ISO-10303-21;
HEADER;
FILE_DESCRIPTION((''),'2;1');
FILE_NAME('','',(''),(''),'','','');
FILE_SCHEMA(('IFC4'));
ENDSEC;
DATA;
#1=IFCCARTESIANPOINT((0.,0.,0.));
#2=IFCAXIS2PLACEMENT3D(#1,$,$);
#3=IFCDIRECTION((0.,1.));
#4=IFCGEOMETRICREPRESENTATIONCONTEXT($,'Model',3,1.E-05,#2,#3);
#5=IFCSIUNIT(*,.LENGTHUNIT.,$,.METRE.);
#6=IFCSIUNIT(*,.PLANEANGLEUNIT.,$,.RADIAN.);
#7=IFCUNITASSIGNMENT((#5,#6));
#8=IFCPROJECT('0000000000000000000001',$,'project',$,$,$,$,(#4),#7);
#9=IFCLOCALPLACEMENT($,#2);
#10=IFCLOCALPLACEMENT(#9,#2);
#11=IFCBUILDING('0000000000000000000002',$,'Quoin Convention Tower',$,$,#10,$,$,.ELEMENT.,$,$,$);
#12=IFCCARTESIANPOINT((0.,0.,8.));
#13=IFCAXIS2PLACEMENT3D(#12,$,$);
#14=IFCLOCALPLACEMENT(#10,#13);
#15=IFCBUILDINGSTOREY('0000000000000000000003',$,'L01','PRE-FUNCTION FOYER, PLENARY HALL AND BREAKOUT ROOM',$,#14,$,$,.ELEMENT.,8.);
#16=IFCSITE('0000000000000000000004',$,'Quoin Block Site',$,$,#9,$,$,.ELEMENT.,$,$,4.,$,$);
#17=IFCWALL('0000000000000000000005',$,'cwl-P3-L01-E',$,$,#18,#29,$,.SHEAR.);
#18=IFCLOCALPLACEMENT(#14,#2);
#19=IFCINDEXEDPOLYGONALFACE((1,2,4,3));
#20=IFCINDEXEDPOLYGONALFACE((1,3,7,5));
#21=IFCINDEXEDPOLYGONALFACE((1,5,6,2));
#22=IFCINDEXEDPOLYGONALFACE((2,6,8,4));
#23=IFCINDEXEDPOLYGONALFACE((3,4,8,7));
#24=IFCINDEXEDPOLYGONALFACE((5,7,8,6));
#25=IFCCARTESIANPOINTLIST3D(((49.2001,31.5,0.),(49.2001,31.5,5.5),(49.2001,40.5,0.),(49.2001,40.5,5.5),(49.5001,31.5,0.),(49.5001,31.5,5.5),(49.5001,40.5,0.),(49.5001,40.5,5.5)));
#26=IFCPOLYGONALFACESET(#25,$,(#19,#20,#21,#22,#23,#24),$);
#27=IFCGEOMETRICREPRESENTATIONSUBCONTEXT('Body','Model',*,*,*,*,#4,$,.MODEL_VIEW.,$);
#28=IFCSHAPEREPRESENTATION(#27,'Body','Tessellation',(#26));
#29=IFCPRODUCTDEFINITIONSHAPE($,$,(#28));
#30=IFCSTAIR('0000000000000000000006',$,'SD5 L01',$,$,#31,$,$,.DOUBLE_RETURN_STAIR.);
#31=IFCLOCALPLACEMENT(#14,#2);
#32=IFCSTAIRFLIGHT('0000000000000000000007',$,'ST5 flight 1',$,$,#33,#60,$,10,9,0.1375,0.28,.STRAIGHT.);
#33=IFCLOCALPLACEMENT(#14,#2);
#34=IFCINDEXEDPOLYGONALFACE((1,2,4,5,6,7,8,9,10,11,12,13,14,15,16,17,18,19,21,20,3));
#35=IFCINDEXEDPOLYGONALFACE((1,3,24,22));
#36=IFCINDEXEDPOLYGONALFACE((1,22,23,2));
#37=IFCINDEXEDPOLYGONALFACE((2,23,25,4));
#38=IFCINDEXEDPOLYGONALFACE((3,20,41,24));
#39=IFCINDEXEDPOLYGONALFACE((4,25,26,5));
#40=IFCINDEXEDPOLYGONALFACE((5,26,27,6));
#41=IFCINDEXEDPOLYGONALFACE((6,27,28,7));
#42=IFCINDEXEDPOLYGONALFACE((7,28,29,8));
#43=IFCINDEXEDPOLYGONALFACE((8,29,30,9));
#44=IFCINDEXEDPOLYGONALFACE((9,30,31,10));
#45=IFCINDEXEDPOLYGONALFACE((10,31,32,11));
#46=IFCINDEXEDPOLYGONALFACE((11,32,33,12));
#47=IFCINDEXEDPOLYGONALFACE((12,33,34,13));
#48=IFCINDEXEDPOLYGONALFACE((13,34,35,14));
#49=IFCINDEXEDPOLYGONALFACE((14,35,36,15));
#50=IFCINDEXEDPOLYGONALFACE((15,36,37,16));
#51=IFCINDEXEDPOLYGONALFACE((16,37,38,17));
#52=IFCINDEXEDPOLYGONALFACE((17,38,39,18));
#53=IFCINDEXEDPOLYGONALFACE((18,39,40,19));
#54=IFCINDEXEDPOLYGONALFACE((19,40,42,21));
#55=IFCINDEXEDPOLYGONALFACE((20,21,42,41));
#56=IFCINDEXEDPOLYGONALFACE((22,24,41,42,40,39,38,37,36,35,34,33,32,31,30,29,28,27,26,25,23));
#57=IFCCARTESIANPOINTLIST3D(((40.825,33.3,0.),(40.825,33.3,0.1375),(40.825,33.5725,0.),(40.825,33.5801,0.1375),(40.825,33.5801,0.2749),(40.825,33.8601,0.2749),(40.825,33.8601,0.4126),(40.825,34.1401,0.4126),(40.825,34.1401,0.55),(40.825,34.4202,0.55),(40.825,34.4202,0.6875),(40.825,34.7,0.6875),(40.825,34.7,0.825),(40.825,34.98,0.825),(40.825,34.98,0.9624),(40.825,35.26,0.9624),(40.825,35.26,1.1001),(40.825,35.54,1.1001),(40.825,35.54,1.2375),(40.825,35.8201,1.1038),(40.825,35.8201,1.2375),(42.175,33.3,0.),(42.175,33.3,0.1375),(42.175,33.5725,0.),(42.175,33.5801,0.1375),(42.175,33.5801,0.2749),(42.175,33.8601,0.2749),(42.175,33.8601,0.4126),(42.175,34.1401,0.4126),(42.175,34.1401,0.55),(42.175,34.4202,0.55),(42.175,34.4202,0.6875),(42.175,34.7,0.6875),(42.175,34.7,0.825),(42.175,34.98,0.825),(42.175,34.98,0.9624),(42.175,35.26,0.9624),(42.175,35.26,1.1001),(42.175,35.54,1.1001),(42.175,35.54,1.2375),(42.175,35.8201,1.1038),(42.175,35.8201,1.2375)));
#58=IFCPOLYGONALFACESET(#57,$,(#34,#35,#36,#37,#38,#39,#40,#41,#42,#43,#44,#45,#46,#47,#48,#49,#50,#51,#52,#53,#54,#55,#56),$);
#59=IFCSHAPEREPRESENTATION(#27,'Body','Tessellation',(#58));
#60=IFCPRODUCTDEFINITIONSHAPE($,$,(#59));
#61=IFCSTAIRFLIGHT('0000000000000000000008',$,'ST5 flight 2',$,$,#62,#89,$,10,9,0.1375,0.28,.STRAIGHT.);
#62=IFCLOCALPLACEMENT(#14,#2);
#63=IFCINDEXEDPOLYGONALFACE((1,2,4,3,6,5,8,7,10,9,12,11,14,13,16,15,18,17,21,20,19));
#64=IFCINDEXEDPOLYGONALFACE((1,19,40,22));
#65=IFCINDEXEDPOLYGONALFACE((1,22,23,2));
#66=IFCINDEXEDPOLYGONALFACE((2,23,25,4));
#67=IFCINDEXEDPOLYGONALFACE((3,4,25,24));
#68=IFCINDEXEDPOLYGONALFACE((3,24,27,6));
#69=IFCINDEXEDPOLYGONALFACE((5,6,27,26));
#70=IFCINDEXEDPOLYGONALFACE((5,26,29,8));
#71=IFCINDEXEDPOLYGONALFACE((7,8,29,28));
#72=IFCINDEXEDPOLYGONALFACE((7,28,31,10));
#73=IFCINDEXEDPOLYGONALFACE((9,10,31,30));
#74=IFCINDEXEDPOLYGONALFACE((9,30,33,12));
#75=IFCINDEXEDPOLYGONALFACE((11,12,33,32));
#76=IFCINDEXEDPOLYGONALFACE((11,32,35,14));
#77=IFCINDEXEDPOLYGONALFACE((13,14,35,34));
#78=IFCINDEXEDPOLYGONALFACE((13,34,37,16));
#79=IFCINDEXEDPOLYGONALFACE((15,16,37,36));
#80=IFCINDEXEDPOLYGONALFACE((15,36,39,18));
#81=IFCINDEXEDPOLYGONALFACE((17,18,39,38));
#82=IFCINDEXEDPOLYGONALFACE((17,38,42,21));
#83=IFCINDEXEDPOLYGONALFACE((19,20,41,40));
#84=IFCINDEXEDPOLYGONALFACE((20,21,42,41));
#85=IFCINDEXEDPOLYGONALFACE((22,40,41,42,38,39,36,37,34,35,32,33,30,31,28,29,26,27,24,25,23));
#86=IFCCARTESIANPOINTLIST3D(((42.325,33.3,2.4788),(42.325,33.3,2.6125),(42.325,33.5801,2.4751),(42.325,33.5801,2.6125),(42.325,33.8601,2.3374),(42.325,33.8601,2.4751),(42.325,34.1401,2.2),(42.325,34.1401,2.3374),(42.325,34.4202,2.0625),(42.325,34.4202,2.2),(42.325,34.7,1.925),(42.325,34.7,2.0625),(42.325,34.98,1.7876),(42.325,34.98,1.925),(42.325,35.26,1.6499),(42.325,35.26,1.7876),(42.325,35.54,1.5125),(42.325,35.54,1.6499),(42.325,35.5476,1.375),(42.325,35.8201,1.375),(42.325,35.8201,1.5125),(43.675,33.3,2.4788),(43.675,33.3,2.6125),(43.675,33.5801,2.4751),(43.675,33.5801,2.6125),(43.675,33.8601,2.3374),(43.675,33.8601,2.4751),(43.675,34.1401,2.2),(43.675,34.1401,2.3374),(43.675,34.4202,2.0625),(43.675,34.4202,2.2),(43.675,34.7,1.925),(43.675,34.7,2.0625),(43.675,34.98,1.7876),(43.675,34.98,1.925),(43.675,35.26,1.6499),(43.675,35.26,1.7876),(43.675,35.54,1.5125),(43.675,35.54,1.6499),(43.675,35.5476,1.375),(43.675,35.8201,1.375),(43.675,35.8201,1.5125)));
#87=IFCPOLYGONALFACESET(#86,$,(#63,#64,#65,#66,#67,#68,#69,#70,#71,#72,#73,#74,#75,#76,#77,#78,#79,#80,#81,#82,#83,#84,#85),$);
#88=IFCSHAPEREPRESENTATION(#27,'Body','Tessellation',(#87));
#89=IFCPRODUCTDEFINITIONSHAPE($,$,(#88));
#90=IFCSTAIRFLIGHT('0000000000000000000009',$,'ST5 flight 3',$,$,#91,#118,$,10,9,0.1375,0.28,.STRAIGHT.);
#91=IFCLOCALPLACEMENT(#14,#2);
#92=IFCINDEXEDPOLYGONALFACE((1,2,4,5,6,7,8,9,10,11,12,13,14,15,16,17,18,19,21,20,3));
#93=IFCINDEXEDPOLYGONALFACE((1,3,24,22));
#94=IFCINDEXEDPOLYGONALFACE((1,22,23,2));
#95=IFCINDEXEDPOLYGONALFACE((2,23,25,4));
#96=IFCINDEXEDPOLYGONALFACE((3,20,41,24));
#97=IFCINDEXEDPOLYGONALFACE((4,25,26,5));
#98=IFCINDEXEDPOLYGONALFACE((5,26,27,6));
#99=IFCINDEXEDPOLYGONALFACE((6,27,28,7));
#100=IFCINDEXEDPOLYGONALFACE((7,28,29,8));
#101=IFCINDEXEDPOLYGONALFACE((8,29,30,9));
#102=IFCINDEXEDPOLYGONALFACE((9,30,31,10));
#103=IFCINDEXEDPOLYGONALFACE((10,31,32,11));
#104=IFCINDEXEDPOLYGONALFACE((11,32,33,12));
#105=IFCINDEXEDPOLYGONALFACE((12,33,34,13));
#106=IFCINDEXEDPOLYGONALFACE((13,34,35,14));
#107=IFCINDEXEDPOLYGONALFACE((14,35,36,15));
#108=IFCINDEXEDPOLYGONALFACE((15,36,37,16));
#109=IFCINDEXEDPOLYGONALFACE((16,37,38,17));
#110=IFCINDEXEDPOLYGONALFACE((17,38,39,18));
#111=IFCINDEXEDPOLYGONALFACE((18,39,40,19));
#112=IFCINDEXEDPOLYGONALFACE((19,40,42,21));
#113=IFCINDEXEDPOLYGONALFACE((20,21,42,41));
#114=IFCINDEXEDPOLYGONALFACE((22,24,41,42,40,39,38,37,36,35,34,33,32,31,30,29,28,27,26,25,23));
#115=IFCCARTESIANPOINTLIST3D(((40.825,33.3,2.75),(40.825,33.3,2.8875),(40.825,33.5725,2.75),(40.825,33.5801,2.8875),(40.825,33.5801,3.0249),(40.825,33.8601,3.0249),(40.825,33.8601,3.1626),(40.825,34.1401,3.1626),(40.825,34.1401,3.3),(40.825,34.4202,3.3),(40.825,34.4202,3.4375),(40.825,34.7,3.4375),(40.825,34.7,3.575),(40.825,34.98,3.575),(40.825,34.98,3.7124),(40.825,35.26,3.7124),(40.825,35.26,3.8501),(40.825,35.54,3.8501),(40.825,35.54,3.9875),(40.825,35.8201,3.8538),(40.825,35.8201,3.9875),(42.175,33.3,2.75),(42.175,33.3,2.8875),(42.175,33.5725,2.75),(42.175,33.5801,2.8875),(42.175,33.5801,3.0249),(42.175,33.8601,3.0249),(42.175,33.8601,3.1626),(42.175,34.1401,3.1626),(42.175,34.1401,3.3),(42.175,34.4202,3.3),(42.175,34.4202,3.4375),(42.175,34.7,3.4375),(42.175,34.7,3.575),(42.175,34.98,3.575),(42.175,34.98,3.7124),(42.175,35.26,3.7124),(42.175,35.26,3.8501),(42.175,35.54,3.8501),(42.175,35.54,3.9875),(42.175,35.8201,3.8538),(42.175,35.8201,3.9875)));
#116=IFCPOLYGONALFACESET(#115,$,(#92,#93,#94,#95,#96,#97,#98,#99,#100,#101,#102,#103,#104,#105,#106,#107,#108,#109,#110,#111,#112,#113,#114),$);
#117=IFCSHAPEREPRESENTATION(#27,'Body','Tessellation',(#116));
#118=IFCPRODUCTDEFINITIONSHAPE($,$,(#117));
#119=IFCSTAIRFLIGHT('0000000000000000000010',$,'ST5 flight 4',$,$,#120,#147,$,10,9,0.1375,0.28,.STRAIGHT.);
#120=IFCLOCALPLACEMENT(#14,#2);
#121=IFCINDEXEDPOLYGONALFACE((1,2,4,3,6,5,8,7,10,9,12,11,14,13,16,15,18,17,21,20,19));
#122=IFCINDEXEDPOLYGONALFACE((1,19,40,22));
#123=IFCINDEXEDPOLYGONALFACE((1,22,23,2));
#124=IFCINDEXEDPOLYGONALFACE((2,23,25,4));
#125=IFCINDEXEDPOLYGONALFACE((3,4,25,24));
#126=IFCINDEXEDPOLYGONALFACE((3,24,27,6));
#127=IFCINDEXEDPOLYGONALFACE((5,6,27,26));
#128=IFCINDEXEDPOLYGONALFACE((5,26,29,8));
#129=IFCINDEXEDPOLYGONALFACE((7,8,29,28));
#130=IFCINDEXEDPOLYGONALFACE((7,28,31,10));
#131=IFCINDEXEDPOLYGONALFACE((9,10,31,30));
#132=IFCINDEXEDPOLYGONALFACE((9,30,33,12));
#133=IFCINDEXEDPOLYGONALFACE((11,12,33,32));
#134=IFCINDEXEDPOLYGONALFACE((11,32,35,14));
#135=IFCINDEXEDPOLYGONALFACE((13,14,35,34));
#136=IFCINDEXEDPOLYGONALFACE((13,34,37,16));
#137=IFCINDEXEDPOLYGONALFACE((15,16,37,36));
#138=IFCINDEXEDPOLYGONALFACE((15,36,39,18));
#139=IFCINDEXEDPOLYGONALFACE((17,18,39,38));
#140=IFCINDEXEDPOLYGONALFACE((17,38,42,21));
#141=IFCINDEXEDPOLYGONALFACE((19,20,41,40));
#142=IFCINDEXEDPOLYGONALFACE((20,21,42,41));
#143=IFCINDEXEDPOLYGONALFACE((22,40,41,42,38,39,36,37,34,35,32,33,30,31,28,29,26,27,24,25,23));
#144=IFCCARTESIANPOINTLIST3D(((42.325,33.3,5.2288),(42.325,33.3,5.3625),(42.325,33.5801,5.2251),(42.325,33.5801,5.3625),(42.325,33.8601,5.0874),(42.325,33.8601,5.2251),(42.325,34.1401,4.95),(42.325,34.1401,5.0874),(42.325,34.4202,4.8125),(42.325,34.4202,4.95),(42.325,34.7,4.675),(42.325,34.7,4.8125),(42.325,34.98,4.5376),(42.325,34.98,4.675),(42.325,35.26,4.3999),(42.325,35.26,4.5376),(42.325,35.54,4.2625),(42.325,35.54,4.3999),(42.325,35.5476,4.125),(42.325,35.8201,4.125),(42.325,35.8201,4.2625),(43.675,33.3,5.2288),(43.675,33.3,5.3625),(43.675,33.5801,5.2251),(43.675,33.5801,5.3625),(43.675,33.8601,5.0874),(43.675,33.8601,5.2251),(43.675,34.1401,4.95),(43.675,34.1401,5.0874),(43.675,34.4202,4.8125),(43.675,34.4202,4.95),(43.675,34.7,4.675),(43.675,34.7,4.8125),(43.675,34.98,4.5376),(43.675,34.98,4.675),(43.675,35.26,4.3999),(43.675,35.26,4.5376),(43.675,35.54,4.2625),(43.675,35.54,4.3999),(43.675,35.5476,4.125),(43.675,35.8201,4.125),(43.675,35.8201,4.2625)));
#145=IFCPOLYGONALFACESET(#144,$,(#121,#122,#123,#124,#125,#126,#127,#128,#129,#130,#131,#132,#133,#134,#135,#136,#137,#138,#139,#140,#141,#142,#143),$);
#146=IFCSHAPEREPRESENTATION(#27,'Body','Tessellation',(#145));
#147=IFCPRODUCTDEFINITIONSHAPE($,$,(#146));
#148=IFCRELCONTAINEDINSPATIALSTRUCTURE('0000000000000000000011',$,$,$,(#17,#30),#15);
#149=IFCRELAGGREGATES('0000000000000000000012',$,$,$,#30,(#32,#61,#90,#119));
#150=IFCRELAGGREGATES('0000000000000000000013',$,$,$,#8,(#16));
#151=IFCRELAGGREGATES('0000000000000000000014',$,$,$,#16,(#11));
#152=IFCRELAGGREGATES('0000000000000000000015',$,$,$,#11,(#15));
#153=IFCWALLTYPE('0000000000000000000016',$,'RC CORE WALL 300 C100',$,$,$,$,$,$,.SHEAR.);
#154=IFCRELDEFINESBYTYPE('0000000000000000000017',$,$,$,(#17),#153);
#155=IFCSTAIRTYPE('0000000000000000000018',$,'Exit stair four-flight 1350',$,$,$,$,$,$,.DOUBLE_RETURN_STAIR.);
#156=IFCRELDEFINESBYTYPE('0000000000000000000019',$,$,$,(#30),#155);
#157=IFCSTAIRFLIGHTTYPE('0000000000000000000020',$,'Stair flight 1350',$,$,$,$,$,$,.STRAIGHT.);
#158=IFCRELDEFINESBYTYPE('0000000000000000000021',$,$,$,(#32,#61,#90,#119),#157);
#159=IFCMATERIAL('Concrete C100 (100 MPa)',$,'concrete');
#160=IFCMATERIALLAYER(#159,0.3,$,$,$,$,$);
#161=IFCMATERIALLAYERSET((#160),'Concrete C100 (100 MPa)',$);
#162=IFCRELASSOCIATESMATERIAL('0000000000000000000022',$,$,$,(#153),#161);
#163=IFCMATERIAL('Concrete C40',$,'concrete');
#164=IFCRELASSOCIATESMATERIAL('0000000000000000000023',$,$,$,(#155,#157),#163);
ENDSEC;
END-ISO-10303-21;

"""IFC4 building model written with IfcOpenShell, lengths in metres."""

from ifc_helpers import new_model, si_unit, direction, frame, frame_2d, origin, place, context, subcontext, project, spatial, polyline, rectangle, outline, extrude, material, layer, layer_set, type_object, element, aggregate, save


model = new_model("IFC4")

# Units and contexts
model_context = context("Model", 3, precision=1e-05, world=origin(), true_north=direction((0.0, 1.0)))
body_context = subcontext(model_context, "Body", "Model", "MODEL_VIEW")
ifc_project = project(units=[si_unit("LENGTHUNIT", "METRE"), si_unit("PLANEANGLEUNIT", "RADIAN")], contexts=[model_context])

# Site, building, storey
site_placement = place(None, origin())
site = spatial("IfcSite", under=ifc_project, at=site_placement, Name="Quoin Block Site", CompositionType="ELEMENT", RefElevation=4.0)
building_placement = place(site_placement, origin())
building = spatial("IfcBuilding", under=site, at=building_placement, Name="Quoin Convention Tower", CompositionType="ELEMENT")
storey_placement = place(building_placement, frame((0.0, 0.0, 8.0)))
storey = spatial("IfcBuildingStorey", under=building, at=storey_placement, Name="L01", Description="PRE-FUNCTION FOYER, PLENARY HALL AND BREAKOUT ROOM", CompositionType="ELEMENT", Elevation=8.0)

# Shared definitions
ifc_material_1 = material(Name="Concrete C100 (100 MPa)", Category="concrete")
ifc_layer_1 = layer(ifc_material_1, 0.3)
ifc_layer_set_1 = layer_set([ifc_layer_1], Name="Concrete C100 (100 MPa)")
wall_type_1 = type_object("IfcWallType", Name="RC CORE WALL 300 C100", PredefinedType="SHEAR", material=ifc_layer_set_1)

# Wall
wall_1_placement = place(storey_placement, frame((49.3501, 31.5, 0.0), z_axis=(0.0, 0.0, 1.0), x_axis=(0.0, 1.0, 0.0)))
element("IfcWall", 1, at=wall_1_placement, inside=storey, type_object=wall_type_1, Name="cwl-P3-L01-E", PredefinedType="SHEAR", context=body_context, shape_type="SweptSolid", body=[
    extrude(rectangle(XDim=9.0, YDim=0.3, at=frame_2d((4.5, 0.0))), origin(), (0.0, 0.0, 1.0), 5.5),
])

# Stair, stair flights
ifc_material_2 = material(Name="Concrete C40", Category="concrete")
stair_type = type_object("IfcStairType", Name="Exit stair four-flight 1350", PredefinedType="DOUBLE_RETURN_STAIR", material=ifc_material_2)
stair_placement = place(storey_placement, origin())
stair = element("IfcStair", 2, at=stair_placement, inside=storey, type_object=stair_type, Name="SD5 L01", PredefinedType="DOUBLE_RETURN_STAIR")
stair_flight_type = type_object("IfcStairFlightType", Name="Stair flight 1350", PredefinedType="STRAIGHT", material=ifc_material_2)
stair_flight_1_placement = place(storey_placement, frame((41.5, 33.3, 0.0), z_axis=(0.0, 0.0, 1.0), x_axis=(0.0, 1.0, 0.0)))
stair_flight_1 = element("IfcStairFlight", 3, at=stair_flight_1_placement, type_object=stair_flight_type, Name="ST5 flight 1", NumberOfRisers=10, NumberOfTreads=9, PredefinedType="STRAIGHT", RiserHeight=0.1375, TreadLength=0.28, context=body_context, shape_type="SweptSolid", body=[
    extrude(outline(polyline([(0.0, 0.0), (0.0, 0.1375), (0.28, 0.1375), (0.28, 0.2749), (0.5601, 0.2749), (0.5601, 0.4126), (0.8401, 0.4126), (0.8401, 0.55), (1.1201, 0.55), (1.1201, 0.6875), (1.3999, 0.6875), (1.3999, 0.825), (1.6799, 0.825), (1.6799, 0.9624), (1.96, 0.9624), (1.96, 1.1001), (2.24, 1.1001), (2.24, 1.2375), (2.52, 1.2375), (2.52, 1.375), (2.52, 1.1038), (0.2725, 0.0), (0.0, 0.0)])), frame((0.0, 0.675, 0.0), z_axis=(0.0, -1.0, 0.0), x_axis=(1.0, 0.0, 0.0)), (0.0, 0.0, 1.0), 1.3501),
])
stair_flight_2_placement = place(storey_placement, frame((43.0, 35.8201, 1.375), z_axis=(0.0, 0.0, 1.0), x_axis=(0.0, -1.0, 0.0)))
stair_flight_2 = element("IfcStairFlight", 4, at=stair_flight_2_placement, type_object=stair_flight_type, Name="ST5 flight 2", NumberOfRisers=10, NumberOfTreads=9, PredefinedType="STRAIGHT", RiserHeight=0.1375, TreadLength=0.28, context=body_context, shape_type="SweptSolid", body=[
    extrude(outline(polyline([(0.0, 0.0), (0.0, 0.1375), (0.28, 0.1375), (0.28, 0.2749), (0.5601, 0.2749), (0.5601, 0.4126), (0.8401, 0.4126), (0.8401, 0.55), (1.1201, 0.55), (1.1201, 0.6875), (1.3999, 0.6875), (1.3999, 0.825), (1.6799, 0.825), (1.6799, 0.9624), (1.96, 0.9624), (1.96, 1.1001), (2.24, 1.1001), (2.24, 1.2375), (2.52, 1.2375), (2.52, 1.375), (2.52, 1.1038), (0.2725, 0.0), (0.0, 0.0)])), frame((0.0, 0.675, 0.0), z_axis=(0.0, -1.0, 0.0), x_axis=(1.0, 0.0, 0.0)), (0.0, 0.0, 1.0), 1.3501),
])
stair_flight_3_placement = place(storey_placement, frame((41.5, 33.3, 2.75), z_axis=(0.0, 0.0, 1.0), x_axis=(0.0, 1.0, 0.0)))
stair_flight_3 = element("IfcStairFlight", 5, at=stair_flight_3_placement, type_object=stair_flight_type, Name="ST5 flight 3", NumberOfRisers=10, NumberOfTreads=9, PredefinedType="STRAIGHT", RiserHeight=0.1375, TreadLength=0.28, context=body_context, shape_type="SweptSolid", body=[
    extrude(outline(polyline([(0.0, 0.0), (0.0, 0.1375), (0.28, 0.1375), (0.28, 0.2749), (0.5601, 0.2749), (0.5601, 0.4126), (0.8401, 0.4126), (0.8401, 0.55), (1.1201, 0.55), (1.1201, 0.6875), (1.3999, 0.6875), (1.3999, 0.825), (1.6799, 0.825), (1.6799, 0.9624), (1.96, 0.9624), (1.96, 1.1001), (2.24, 1.1001), (2.24, 1.2375), (2.52, 1.2375), (2.52, 1.375), (2.52, 1.1038), (0.2725, 0.0), (0.0, 0.0)])), frame((0.0, 0.675, 0.0), z_axis=(0.0, -1.0, 0.0), x_axis=(1.0, 0.0, 0.0)), (0.0, 0.0, 1.0), 1.3501),
])
stair_flight_4_placement = place(storey_placement, frame((43.0, 35.8201, 4.125), z_axis=(0.0, 0.0, 1.0), x_axis=(0.0, -1.0, 0.0)))
stair_flight_4 = element("IfcStairFlight", 6, at=stair_flight_4_placement, type_object=stair_flight_type, Name="ST5 flight 4", NumberOfRisers=10, NumberOfTreads=9, PredefinedType="STRAIGHT", RiserHeight=0.1375, TreadLength=0.28, context=body_context, shape_type="SweptSolid", body=[
    extrude(outline(polyline([(0.0, 0.0), (0.0, 0.1375), (0.28, 0.1375), (0.28, 0.2749), (0.5601, 0.2749), (0.5601, 0.4126), (0.8401, 0.4126), (0.8401, 0.55), (1.1201, 0.55), (1.1201, 0.6875), (1.3999, 0.6875), (1.3999, 0.825), (1.6799, 0.825), (1.6799, 0.9624), (1.96, 0.9624), (1.96, 1.1001), (2.24, 1.1001), (2.24, 1.2375), (2.52, 1.2375), (2.52, 1.375), (2.52, 1.1038), (0.2725, 0.0), (0.0, 0.0)])), frame((0.0, 0.675, 0.0), z_axis=(0.0, -1.0, 0.0), x_axis=(1.0, 0.0, 0.0)), (0.0, 0.0, 1.0), 1.3501),
])
aggregate(stair, [stair_flight_1, stair_flight_2, stair_flight_3, stair_flight_4])

save(model, "model.ifc")
